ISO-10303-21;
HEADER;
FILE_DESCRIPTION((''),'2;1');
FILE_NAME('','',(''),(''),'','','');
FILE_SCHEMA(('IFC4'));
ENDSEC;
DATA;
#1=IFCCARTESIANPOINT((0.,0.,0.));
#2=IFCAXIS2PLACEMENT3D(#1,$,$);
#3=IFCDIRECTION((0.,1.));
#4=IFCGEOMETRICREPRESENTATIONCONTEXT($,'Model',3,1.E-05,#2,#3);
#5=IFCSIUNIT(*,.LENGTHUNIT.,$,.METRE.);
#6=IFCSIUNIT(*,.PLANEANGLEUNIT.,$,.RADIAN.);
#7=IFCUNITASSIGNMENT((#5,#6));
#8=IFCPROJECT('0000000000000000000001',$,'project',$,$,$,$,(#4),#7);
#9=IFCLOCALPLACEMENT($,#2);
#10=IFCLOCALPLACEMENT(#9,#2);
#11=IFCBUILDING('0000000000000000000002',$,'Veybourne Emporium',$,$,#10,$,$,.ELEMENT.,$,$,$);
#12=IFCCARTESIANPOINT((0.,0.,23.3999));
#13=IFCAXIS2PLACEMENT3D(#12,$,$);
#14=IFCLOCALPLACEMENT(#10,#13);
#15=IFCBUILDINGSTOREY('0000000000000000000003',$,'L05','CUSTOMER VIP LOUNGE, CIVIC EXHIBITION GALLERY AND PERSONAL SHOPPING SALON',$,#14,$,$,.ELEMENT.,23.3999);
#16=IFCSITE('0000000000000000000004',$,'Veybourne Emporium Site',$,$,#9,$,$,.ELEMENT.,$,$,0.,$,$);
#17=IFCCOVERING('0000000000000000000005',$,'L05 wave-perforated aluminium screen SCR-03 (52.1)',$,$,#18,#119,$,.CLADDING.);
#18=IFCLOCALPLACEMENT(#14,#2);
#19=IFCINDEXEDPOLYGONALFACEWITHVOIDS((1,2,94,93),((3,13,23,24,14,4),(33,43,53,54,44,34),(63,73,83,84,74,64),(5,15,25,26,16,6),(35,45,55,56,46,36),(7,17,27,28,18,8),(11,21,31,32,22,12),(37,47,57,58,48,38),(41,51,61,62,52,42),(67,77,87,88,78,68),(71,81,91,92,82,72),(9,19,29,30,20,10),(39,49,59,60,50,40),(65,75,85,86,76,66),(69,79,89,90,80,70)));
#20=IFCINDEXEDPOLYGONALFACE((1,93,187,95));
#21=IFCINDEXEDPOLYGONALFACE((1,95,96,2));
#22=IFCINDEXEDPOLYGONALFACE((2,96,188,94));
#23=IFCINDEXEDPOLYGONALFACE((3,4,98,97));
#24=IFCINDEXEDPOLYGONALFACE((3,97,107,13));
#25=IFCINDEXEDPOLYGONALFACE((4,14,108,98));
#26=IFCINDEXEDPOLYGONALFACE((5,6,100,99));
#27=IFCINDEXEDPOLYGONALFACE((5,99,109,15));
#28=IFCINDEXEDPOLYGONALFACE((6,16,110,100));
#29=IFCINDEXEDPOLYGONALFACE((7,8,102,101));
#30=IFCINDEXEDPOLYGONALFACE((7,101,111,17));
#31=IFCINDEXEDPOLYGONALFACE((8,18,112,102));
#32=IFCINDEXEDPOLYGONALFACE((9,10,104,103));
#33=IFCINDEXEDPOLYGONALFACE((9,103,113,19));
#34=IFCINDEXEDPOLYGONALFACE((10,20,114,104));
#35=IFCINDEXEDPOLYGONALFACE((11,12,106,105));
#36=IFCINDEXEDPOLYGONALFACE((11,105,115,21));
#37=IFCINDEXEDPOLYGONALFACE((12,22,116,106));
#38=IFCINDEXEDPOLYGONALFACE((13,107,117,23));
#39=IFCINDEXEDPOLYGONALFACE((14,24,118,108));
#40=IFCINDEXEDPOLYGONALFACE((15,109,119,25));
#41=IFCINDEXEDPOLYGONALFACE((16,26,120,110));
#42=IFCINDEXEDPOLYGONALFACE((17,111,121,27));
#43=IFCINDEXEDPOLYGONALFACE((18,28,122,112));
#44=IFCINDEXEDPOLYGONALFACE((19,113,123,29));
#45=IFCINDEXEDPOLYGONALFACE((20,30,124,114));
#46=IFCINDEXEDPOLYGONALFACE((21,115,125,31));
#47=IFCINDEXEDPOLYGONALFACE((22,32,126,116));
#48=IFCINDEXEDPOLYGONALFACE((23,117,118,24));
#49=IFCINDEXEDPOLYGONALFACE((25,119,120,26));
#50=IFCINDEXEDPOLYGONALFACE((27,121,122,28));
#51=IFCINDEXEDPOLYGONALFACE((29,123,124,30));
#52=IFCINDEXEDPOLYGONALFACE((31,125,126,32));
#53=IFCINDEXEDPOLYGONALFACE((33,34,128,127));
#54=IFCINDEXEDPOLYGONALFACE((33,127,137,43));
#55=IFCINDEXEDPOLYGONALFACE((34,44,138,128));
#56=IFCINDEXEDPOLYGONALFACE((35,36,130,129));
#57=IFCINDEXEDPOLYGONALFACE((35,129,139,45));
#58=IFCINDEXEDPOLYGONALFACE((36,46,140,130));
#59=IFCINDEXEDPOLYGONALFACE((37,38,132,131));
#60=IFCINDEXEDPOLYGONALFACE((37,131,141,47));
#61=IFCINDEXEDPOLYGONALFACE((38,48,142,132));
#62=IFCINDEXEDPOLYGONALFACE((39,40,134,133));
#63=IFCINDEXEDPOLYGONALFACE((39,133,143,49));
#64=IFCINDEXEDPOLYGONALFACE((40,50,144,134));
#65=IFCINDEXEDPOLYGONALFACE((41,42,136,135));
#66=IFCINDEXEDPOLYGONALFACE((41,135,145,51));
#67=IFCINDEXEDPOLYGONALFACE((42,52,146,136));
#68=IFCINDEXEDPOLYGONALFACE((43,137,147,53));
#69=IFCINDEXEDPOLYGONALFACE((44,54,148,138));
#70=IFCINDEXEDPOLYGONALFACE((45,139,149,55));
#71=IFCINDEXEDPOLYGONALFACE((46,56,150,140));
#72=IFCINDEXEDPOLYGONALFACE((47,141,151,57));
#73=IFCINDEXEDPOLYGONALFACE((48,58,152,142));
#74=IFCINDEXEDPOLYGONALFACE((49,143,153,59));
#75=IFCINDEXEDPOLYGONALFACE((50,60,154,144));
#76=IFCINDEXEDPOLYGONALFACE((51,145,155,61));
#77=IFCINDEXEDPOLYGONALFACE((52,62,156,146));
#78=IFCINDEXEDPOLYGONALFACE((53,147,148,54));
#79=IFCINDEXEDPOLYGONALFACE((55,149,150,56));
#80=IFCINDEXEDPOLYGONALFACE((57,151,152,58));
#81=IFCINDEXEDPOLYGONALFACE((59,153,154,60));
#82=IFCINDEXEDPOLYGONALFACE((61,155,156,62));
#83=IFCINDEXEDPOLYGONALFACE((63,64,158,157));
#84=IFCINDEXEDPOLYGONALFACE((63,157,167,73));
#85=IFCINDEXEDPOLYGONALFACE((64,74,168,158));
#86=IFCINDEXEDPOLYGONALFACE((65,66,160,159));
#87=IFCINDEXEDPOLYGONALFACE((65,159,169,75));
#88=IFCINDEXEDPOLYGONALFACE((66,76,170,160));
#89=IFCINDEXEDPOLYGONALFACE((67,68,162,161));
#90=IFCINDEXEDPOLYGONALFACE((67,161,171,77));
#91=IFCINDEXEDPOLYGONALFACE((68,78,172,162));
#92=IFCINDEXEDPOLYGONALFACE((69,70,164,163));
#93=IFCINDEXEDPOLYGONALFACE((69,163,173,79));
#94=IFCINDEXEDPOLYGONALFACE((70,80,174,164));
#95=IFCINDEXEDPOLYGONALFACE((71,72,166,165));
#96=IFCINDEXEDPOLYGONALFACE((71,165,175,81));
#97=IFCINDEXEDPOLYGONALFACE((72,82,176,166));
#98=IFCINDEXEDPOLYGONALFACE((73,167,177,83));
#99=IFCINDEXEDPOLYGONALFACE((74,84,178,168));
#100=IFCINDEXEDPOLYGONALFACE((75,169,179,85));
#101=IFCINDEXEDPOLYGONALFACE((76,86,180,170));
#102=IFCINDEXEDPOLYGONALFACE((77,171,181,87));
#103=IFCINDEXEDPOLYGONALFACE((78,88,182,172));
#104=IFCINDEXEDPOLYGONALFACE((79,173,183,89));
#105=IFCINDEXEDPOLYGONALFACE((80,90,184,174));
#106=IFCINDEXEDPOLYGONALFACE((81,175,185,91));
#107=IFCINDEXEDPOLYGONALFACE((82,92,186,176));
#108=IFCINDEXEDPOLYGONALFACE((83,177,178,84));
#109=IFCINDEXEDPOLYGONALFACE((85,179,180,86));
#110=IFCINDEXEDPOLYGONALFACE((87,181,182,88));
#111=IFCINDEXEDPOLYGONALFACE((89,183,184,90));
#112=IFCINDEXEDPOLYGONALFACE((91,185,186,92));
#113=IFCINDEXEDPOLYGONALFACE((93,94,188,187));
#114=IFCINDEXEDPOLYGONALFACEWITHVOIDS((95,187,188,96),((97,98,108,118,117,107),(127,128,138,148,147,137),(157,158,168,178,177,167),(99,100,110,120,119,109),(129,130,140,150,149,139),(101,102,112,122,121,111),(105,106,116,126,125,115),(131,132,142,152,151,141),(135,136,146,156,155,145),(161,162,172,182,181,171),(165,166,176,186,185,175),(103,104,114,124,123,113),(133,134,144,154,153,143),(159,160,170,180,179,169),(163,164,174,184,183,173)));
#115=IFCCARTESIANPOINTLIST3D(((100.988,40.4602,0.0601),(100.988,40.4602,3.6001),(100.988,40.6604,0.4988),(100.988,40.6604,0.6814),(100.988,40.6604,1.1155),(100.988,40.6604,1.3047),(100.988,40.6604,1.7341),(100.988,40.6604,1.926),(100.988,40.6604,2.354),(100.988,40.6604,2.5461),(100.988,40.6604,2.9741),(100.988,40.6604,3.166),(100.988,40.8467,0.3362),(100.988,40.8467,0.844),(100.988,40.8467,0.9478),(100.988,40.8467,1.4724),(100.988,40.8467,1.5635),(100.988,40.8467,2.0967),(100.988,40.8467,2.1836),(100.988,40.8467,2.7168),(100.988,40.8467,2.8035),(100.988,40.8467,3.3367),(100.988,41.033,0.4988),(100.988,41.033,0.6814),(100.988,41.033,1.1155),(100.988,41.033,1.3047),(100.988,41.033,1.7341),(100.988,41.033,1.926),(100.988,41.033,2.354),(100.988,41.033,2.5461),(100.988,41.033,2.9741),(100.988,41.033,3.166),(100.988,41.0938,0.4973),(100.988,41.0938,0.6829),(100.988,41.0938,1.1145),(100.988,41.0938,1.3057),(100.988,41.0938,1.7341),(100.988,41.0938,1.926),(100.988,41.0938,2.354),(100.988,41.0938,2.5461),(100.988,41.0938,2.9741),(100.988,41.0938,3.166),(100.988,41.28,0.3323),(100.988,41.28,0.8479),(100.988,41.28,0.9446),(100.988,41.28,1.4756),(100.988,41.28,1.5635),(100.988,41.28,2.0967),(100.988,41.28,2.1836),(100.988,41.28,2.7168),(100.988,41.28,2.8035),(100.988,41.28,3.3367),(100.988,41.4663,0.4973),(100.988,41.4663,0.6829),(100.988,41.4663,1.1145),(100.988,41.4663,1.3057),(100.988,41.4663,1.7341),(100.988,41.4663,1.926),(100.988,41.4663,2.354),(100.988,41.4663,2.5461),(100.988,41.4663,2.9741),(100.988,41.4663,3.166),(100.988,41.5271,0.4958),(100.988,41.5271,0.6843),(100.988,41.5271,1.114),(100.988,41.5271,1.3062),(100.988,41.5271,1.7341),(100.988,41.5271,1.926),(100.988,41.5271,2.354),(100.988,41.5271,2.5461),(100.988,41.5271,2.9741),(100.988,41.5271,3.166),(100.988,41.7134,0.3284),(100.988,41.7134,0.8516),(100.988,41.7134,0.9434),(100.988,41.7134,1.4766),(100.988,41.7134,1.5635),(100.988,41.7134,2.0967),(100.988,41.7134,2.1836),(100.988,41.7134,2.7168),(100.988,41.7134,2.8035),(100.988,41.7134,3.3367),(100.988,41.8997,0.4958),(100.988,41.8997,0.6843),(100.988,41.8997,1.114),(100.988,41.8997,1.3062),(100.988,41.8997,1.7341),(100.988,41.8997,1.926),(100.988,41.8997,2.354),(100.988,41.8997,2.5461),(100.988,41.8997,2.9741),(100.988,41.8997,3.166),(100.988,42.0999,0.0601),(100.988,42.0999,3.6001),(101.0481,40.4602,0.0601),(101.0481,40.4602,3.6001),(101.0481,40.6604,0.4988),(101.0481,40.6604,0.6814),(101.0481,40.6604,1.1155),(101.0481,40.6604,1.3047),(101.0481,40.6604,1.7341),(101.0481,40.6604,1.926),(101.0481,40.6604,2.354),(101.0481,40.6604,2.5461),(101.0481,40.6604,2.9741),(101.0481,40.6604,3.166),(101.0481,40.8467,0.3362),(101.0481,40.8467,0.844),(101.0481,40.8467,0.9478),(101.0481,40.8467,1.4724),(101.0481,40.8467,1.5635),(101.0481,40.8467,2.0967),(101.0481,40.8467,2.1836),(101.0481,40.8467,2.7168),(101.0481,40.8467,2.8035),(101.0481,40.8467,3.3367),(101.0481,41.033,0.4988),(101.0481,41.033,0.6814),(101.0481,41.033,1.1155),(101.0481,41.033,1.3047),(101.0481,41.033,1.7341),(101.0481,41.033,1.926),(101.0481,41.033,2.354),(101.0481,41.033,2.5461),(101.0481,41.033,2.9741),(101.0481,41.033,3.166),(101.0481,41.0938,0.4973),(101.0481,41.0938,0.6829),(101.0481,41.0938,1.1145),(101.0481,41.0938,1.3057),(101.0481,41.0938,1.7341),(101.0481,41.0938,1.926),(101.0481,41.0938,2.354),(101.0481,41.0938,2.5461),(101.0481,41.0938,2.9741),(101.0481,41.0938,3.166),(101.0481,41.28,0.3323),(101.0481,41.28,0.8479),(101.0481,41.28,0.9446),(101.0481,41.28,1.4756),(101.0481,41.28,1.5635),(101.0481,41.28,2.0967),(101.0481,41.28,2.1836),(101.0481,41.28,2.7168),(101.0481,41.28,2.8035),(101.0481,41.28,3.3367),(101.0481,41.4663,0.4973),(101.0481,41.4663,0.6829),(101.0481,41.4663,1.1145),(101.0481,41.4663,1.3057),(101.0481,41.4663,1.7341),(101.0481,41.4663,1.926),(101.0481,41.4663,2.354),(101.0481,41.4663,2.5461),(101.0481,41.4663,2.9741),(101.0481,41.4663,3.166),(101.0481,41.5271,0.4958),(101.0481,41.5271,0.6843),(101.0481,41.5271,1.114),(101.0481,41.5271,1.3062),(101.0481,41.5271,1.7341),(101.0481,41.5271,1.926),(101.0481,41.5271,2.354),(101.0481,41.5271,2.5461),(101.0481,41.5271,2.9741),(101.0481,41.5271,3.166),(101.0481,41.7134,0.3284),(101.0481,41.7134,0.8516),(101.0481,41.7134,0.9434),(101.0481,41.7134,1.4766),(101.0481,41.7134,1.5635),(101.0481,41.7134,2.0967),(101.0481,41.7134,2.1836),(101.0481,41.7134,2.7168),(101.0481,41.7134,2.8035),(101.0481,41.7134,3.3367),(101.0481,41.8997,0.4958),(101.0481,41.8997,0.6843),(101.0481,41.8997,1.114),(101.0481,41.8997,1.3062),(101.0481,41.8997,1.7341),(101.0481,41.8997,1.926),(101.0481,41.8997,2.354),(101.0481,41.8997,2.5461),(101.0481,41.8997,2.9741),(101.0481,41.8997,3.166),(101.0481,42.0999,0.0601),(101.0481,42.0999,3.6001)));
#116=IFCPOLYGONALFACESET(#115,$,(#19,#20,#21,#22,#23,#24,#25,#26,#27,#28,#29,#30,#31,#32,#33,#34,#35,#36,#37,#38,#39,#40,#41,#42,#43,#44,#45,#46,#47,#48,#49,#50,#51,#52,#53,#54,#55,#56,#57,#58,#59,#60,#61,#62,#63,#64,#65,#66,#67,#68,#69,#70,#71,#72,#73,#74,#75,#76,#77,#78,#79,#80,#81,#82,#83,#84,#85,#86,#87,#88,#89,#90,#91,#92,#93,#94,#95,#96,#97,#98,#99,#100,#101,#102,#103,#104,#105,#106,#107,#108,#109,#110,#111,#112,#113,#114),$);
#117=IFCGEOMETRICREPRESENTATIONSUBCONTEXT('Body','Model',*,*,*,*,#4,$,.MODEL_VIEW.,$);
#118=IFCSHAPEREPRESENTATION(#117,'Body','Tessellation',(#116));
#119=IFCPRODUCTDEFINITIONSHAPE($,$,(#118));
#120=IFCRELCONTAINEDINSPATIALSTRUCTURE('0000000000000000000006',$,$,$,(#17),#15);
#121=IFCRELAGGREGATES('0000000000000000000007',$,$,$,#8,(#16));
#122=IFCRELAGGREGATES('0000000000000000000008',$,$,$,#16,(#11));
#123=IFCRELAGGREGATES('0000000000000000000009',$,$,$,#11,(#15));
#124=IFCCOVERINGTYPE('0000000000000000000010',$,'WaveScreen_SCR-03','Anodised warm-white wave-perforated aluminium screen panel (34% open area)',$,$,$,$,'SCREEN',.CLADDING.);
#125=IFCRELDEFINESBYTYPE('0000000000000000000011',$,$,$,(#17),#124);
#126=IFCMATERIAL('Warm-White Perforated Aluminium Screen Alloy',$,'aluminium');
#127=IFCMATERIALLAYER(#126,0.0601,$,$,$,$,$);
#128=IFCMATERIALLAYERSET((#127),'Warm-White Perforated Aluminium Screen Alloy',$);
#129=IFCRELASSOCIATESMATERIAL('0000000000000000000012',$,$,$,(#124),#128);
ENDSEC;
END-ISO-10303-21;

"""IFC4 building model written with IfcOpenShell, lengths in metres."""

from ifc_helpers import new_model, si_unit, direction, frame, origin, place, context, subcontext, project, spatial, polyline, outline, extrude, material, layer, layer_set, type_object, element, save


model = new_model("IFC4")

# Units and contexts
model_context = context("Model", 3, precision=1e-05, world=origin(), true_north=direction((0.0, 1.0)))
body_context = subcontext(model_context, "Body", "Model", "MODEL_VIEW")
ifc_project = project(units=[si_unit("LENGTHUNIT", "METRE"), si_unit("PLANEANGLEUNIT", "RADIAN")], contexts=[model_context])

# Site, building, storey
site_placement = place(None, origin())
site = spatial("IfcSite", under=ifc_project, at=site_placement, Name="Veybourne Emporium Site", CompositionType="ELEMENT", RefElevation=0.0)
building_placement = place(site_placement, origin())
building = spatial("IfcBuilding", under=site, at=building_placement, Name="Veybourne Emporium", CompositionType="ELEMENT")
storey_placement = place(building_placement, frame((0.0, 0.0, 23.3999)))
storey = spatial("IfcBuildingStorey", under=building, at=storey_placement, Name="L05", Description="CUSTOMER VIP LOUNGE, CIVIC EXHIBITION GALLERY AND PERSONAL SHOPPING SALON", CompositionType="ELEMENT", Elevation=23.3999)

# Covering
ifc_material_1 = material(Name="Warm-White Perforated Aluminium Screen Alloy", Category="aluminium")
ifc_layer_1 = layer(ifc_material_1, 0.0601)
ifc_layer_set_1 = layer_set([ifc_layer_1], Name="Warm-White Perforated Aluminium Screen Alloy")
covering_type_1 = type_object("IfcCoveringType", Name="WaveScreen_SCR-03", Description="Anodised warm-white wave-perforated aluminium screen panel (34% open area)", ElementType="SCREEN", PredefinedType="CLADDING", material=ifc_layer_set_1)
covering_1_placement = place(storey_placement, frame((101.0481, 41.28, 1.8301), z_axis=(-1.0, 0.0, 0.0), x_axis=(0.0, -1.0, 0.0)))
element("IfcCovering", 1, at=covering_1_placement, inside=storey, type_object=covering_type_1, Name="L05 wave-perforated aluminium screen SCR-03 (52.1)", PredefinedType="CLADDING", context=body_context, shape_type="SweptSolid", body=[
    extrude(outline(polyline([(-0.8198, -1.77), (0.8198, -1.77), (0.8198, 1.77), (-0.8198, 1.77), (-0.8198, -1.77)]), holes=[polyline([(-0.4333, -0.9785), (-0.2471, -1.1458), (-0.2471, -1.3342), (-0.4333, -1.5017), (-0.6196, -1.3342), (-0.6196, -1.1458), (-0.4333, -0.9785)]), polyline([(-0.4333, -0.3535), (-0.2471, -0.5239), (-0.2471, -0.7161), (-0.4333, -0.8867), (-0.6196, -0.7161), (-0.6196, -0.5239), (-0.4333, -0.3535)]), polyline([(-0.4333, 0.2666), (-0.2471, 0.0959), (-0.2471, -0.0959), (-0.4333, -0.2666), (-0.6196, -0.0959), (-0.6196, 0.0959), (-0.4333, 0.2666)]), polyline([(-0.4333, 0.8867), (-0.2471, 0.7161), (-0.2471, 0.5239), (-0.4333, 0.3535), (-0.6196, 0.5239), (-0.6196, 0.7161), (-0.4333, 0.8867)]), polyline([(-0.4333, 1.5066), (-0.2471, 1.3359), (-0.2471, 1.144), (-0.4333, 0.9734), (-0.6196, 1.144), (-0.6196, 1.3359), (-0.4333, 1.5066)]), polyline([(0.0, -0.9822), (0.1863, -1.1472), (0.1863, -1.3328), (0.0, -1.4978), (-0.1863, -1.3328), (-0.1863, -1.1472), (0.0, -0.9822)]), polyline([(0.0, -0.3545), (0.1863, -0.5244), (0.1863, -0.7156), (0.0, -0.8855), (-0.1863, -0.7156), (-0.1863, -0.5244), (0.0, -0.3545)]), polyline([(0.0, 0.2666), (0.1863, 0.0959), (0.1863, -0.0959), (0.0, -0.2666), (-0.1863, -0.0959), (-0.1863, 0.0959), (0.0, 0.2666)]), polyline([(0.0, 0.8867), (0.1863, 0.7161), (0.1863, 0.5239), (0.0, 0.3535), (-0.1863, 0.5239), (-0.1863, 0.7161), (0.0, 0.8867)]), polyline([(0.0, 1.5066), (0.1863, 1.3359), (0.1863, 1.144), (0.0, 0.9734), (-0.1863, 1.144), (-0.1863, 1.3359), (0.0, 1.5066)]), polyline([(0.4333, -0.9861), (0.6196, -1.1487), (0.6196, -1.3313), (0.4333, -1.4939), (0.2471, -1.3313), (0.2471, -1.1487), (0.4333, -0.9861)]), polyline([(0.4333, -0.3577), (0.6196, -0.5254), (0.6196, -0.7146), (0.4333, -0.8823), (0.2471, -0.7146), (0.2471, -0.5254), (0.4333, -0.3577)]), polyline([(0.4333, 0.2666), (0.6196, 0.0959), (0.6196, -0.0959), (0.4333, -0.2666), (0.2471, -0.0959), (0.2471, 0.0959), (0.4333, 0.2666)]), polyline([(0.4333, 0.8867), (0.6196, 0.7161), (0.6196, 0.5239), (0.4333, 0.3535), (0.2471, 0.5239), (0.2471, 0.7161), (0.4333, 0.8867)]), polyline([(0.4333, 1.5066), (0.6196, 1.3359), (0.6196, 1.144), (0.4333, 0.9734), (0.2471, 1.144), (0.2471, 1.3359), (0.4333, 1.5066)])]), origin(), (0.0, 0.0, 1.0), 0.0601),
])

save(model, "model.ifc")
